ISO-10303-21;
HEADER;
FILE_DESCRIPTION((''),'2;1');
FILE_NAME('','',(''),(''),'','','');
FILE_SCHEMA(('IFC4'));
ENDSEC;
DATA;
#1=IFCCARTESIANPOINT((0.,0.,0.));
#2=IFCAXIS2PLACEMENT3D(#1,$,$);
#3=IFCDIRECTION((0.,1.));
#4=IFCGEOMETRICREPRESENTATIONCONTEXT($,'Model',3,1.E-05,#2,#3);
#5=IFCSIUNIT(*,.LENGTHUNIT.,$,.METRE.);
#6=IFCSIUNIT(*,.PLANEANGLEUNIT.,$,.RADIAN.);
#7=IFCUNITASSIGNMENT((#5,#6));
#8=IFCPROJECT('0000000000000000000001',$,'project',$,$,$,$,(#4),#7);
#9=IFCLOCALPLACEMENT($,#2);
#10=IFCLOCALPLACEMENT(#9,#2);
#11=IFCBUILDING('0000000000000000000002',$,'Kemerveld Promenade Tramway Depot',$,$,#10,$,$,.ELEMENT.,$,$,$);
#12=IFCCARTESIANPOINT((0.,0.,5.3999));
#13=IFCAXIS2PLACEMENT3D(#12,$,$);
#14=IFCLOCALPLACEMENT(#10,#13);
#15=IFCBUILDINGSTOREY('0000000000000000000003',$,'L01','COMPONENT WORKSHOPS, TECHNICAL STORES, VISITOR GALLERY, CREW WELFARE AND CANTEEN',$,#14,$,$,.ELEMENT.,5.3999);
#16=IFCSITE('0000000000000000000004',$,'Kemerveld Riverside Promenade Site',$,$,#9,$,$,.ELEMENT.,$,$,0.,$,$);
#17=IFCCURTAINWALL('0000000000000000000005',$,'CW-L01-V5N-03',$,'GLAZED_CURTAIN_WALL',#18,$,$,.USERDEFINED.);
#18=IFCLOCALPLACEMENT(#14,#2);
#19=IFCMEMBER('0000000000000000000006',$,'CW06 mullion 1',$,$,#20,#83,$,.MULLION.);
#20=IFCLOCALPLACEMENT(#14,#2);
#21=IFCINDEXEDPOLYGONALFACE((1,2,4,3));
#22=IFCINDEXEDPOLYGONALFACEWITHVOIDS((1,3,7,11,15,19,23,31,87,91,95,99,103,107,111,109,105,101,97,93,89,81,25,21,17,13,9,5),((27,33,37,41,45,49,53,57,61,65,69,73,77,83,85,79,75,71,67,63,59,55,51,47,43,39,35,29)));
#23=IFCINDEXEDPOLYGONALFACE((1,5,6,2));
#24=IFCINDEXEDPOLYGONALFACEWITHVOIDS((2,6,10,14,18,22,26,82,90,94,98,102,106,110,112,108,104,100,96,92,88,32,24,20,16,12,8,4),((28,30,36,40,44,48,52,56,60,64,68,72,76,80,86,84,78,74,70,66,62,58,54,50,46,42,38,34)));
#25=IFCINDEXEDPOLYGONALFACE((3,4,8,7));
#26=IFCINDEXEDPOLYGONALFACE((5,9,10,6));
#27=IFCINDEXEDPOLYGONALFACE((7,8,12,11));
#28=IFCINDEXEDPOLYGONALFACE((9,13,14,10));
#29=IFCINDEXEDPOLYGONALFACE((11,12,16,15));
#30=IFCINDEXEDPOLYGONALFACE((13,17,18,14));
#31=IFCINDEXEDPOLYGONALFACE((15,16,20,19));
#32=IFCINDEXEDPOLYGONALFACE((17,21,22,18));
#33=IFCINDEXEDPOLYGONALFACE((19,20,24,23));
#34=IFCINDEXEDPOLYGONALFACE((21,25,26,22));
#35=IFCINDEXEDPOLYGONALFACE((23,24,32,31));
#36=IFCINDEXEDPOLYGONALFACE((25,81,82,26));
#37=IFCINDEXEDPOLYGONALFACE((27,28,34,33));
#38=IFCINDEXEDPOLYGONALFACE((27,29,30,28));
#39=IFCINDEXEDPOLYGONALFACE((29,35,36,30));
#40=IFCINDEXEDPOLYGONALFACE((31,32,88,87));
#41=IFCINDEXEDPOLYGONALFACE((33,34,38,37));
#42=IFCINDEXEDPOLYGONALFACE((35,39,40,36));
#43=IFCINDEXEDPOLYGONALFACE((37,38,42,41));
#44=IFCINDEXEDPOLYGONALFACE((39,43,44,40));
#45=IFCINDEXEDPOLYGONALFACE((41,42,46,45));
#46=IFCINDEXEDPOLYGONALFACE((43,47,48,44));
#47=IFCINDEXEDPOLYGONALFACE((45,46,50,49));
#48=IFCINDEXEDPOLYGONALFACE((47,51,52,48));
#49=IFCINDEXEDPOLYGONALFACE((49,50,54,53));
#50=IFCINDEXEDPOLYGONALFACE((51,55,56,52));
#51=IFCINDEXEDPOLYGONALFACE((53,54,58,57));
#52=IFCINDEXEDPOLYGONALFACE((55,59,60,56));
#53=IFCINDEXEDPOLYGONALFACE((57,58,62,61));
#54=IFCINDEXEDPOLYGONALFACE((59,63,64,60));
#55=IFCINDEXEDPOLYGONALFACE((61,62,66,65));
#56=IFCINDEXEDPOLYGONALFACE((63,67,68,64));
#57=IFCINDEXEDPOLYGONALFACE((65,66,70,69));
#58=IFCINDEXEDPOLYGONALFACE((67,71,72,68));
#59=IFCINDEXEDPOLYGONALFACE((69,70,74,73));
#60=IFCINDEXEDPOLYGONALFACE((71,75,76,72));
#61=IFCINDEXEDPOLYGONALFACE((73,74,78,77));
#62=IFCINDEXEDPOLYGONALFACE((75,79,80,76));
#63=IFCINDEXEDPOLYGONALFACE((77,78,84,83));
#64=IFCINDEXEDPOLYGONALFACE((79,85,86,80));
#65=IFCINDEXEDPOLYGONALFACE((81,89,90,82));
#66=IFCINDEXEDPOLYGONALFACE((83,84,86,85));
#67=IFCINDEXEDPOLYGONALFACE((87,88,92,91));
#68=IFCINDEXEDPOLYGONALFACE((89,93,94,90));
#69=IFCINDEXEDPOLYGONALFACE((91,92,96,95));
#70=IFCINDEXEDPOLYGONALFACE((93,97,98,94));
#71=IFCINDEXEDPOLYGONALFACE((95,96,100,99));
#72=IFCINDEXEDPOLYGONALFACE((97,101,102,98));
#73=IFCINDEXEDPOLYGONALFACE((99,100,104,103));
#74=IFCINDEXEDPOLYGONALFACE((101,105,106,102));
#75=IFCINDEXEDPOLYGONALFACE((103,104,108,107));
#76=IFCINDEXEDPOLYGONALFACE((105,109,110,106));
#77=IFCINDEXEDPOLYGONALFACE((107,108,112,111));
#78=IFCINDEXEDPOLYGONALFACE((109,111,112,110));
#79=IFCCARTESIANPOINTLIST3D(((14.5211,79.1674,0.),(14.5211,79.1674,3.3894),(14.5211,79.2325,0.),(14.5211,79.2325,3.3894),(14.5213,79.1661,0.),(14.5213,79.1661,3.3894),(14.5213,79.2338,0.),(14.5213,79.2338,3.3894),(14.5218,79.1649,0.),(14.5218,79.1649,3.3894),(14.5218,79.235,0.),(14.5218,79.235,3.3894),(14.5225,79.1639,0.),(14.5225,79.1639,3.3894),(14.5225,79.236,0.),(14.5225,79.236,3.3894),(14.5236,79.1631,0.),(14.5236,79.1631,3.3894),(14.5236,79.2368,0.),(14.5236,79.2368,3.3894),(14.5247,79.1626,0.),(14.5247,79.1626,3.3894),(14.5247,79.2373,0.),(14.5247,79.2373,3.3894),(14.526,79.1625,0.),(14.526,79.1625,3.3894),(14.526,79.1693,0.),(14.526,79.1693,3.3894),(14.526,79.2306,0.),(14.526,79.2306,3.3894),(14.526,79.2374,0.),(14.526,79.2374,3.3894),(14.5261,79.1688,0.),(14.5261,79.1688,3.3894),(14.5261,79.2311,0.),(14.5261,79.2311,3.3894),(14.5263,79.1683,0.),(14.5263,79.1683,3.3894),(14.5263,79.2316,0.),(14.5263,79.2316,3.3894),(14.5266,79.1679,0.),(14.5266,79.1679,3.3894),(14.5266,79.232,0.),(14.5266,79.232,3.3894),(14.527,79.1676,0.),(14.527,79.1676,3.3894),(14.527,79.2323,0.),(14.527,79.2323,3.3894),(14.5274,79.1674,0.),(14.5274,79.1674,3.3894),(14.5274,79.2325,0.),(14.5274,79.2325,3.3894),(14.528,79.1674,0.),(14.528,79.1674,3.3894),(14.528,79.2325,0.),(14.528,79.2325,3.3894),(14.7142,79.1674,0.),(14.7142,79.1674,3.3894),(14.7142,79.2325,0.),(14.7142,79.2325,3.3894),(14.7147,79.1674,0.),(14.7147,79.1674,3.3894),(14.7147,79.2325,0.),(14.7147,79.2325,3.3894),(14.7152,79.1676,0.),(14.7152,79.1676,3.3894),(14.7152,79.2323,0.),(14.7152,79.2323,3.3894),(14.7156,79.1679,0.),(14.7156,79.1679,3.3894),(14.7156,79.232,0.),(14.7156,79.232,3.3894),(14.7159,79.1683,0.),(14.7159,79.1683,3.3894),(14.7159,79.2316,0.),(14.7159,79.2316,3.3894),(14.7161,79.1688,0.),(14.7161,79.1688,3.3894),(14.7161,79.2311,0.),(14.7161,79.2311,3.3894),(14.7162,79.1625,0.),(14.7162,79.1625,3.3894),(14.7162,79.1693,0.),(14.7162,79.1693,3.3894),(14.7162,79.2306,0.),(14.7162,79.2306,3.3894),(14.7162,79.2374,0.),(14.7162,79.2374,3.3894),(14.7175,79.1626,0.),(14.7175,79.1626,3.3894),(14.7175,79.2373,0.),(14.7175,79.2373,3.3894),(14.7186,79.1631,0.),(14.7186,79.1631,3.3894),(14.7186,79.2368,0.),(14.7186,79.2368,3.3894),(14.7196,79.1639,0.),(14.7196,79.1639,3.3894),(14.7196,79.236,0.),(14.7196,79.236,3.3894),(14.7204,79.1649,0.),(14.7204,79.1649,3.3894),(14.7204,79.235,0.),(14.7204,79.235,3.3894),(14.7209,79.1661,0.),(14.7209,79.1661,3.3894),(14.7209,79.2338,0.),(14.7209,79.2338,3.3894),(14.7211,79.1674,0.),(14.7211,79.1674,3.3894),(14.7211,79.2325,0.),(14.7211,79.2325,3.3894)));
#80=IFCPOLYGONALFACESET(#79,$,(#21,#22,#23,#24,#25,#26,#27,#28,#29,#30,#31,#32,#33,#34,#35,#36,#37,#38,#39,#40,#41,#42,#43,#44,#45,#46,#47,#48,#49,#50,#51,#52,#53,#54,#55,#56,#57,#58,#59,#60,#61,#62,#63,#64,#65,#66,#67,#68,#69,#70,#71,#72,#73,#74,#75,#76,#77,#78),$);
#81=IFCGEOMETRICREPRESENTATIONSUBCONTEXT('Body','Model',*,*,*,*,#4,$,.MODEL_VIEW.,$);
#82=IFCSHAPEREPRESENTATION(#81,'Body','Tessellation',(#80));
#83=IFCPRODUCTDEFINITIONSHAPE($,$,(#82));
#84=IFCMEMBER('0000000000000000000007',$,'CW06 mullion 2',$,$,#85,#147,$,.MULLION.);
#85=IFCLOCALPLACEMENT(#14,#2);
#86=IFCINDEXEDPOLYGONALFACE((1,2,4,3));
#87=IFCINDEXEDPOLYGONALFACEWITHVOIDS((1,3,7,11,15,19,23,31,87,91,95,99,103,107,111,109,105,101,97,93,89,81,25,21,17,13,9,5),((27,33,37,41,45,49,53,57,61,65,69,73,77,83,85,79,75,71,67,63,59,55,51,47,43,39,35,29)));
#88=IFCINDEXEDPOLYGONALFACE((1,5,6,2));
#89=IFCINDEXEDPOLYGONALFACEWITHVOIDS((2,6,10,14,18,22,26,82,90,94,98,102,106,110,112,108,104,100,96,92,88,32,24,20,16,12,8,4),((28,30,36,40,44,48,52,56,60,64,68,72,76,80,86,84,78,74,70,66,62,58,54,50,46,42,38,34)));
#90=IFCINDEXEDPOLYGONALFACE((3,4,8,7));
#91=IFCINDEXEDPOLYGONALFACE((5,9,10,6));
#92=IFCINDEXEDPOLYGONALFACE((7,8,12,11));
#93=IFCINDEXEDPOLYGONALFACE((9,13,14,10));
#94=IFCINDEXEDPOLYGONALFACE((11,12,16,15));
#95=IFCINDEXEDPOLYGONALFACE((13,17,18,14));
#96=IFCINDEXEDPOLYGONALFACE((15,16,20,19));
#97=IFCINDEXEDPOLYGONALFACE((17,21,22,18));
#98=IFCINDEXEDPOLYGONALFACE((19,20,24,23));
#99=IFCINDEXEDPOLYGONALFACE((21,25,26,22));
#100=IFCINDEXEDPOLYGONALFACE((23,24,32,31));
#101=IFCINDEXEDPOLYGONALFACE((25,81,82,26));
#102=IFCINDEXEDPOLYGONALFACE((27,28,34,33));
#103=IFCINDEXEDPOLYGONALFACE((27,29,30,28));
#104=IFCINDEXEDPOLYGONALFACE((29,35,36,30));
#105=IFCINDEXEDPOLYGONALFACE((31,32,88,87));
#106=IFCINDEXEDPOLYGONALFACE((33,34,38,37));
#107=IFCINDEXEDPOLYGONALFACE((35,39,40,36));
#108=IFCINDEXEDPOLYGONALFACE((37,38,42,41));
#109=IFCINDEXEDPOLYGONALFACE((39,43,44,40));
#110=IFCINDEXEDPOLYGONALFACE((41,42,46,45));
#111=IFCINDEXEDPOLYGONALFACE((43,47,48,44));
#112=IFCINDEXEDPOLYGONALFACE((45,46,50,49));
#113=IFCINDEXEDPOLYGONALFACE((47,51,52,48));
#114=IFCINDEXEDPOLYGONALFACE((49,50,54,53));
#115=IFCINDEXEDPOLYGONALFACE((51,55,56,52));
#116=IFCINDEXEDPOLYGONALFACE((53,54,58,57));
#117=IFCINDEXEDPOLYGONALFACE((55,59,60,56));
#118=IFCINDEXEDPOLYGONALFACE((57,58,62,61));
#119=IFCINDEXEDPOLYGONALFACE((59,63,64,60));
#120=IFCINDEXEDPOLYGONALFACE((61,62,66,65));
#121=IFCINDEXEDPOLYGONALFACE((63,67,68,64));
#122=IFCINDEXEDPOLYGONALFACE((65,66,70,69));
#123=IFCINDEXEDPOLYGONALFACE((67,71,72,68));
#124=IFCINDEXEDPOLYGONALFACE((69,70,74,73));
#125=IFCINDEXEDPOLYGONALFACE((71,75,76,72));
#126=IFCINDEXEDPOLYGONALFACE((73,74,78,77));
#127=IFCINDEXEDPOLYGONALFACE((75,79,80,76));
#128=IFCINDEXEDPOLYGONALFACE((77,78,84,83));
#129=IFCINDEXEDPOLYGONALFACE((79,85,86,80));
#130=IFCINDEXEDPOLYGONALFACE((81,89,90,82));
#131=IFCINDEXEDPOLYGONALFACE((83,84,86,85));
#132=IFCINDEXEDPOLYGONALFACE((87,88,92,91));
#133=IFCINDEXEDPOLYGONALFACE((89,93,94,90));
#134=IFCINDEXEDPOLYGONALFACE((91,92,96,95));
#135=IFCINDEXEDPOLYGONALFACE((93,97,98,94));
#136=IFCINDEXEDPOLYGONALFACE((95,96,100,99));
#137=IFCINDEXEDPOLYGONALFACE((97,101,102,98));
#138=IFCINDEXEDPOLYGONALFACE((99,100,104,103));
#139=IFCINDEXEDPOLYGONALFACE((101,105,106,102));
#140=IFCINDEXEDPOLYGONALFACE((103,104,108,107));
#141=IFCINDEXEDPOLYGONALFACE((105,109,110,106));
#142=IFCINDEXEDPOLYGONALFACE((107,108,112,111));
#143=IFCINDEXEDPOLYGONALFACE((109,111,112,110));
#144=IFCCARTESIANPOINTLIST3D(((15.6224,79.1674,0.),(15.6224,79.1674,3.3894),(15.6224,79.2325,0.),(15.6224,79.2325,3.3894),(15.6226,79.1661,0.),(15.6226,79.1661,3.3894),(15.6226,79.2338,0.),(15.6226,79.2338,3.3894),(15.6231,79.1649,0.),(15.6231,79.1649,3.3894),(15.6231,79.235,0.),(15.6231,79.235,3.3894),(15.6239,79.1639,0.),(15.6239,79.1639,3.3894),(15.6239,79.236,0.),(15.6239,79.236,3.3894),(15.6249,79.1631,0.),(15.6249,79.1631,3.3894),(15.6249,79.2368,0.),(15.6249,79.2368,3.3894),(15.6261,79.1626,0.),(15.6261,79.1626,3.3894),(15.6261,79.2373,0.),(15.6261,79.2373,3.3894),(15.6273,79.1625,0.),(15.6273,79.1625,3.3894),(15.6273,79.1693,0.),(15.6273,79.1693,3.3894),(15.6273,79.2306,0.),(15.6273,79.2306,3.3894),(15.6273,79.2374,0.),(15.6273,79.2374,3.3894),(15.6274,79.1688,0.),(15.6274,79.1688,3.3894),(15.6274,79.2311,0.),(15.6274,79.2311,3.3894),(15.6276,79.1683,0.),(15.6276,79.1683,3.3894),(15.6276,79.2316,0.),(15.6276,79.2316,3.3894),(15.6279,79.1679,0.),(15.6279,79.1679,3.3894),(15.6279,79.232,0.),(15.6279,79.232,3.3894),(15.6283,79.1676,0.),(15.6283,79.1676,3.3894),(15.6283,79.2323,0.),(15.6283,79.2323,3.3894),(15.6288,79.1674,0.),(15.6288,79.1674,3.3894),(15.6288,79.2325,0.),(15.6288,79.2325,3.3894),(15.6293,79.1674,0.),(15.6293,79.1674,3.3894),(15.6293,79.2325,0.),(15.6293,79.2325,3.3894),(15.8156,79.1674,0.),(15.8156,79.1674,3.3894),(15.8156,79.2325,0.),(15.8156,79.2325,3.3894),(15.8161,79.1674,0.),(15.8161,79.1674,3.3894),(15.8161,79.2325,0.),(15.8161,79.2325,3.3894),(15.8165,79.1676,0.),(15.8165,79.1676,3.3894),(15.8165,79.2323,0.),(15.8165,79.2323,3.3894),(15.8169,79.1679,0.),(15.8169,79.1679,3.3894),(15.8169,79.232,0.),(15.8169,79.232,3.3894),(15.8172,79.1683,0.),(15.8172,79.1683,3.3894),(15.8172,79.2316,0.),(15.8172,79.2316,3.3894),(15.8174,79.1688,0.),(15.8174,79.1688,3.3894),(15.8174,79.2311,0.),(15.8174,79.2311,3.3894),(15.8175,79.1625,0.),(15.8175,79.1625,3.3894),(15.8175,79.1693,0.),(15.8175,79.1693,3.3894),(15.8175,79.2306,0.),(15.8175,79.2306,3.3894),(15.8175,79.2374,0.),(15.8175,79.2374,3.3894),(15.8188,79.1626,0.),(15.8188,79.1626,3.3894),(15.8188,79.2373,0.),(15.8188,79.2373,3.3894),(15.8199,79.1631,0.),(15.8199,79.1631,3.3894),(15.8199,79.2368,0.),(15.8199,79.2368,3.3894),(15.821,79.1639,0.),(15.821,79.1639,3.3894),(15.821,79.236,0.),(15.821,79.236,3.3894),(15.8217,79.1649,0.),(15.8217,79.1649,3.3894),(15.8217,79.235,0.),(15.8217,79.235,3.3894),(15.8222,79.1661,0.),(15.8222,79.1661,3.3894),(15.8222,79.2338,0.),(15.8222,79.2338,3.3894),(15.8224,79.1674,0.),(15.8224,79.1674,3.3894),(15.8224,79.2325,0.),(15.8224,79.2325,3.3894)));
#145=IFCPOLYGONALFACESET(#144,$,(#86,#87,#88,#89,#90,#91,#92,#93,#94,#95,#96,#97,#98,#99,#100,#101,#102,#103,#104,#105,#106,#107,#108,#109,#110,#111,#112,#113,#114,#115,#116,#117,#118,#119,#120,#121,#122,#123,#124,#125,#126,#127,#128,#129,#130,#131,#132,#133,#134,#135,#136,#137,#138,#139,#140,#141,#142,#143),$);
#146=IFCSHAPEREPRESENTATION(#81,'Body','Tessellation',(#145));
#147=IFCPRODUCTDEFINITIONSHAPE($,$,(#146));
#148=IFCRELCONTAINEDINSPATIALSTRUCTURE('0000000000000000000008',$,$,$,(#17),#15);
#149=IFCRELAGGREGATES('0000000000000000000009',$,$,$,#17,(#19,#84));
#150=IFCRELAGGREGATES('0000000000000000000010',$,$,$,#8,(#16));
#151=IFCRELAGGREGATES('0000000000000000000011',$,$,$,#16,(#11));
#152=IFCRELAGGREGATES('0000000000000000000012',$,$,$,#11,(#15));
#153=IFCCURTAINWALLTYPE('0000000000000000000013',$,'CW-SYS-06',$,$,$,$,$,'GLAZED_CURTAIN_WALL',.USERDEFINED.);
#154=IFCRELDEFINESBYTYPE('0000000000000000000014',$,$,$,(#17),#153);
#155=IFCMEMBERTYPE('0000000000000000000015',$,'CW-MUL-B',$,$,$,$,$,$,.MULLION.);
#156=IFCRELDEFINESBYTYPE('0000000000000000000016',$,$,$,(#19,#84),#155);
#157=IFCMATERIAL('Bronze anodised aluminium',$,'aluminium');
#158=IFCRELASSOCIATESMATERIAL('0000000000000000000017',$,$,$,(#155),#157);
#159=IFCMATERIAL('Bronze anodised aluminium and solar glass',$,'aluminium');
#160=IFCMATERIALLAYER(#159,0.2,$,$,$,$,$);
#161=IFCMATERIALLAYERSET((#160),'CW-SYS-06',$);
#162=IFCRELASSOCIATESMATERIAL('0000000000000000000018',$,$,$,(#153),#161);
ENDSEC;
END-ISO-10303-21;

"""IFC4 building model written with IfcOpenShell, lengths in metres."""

from ifc_helpers import new_model, si_unit, direction, frame, origin, origin_2d, place, context, subcontext, project, spatial, hollow_rectangle, extrude, material, layer, layer_set, material_profile, profile_set, type_object, element, aggregate, save


model = new_model("IFC4")

# Units and contexts
model_context = context("Model", 3, precision=1e-05, world=origin(), true_north=direction((0.0, 1.0)))
body_context = subcontext(model_context, "Body", "Model", "MODEL_VIEW")
ifc_project = project(units=[si_unit("LENGTHUNIT", "METRE"), si_unit("PLANEANGLEUNIT", "RADIAN")], contexts=[model_context])

# Site, building, storey
site_placement = place(None, origin())
site = spatial("IfcSite", under=ifc_project, at=site_placement, Name="Kemerveld Riverside Promenade Site", CompositionType="ELEMENT", RefElevation=0.0)
building_placement = place(site_placement, origin())
building = spatial("IfcBuilding", under=site, at=building_placement, Name="Kemerveld Promenade Tramway Depot", CompositionType="ELEMENT")
storey_placement = place(building_placement, frame((0.0, 0.0, 5.3999)))
storey = spatial("IfcBuildingStorey", under=building, at=storey_placement, Name="L01", Description="COMPONENT WORKSHOPS, TECHNICAL STORES, VISITOR GALLERY, CREW WELFARE AND CANTEEN", CompositionType="ELEMENT", Elevation=5.3999)

# Curtain wall, members
ifc_material_1 = material(Name="Bronze anodised aluminium and solar glass", Category="aluminium")
ifc_material_2 = material(Name="Bronze anodised aluminium", Category="aluminium")
ifc_material_profile_1 = material_profile(ifc_material_2, hollow_rectangle(XDim=0.075, YDim=0.2, WallThickness=0.0049, InnerFilletRadius=0.002, OuterFilletRadius=0.0049, at=origin_2d()), Name="CW-MUL-200x75")
ifc_profile_set_1 = profile_set([ifc_material_profile_1], Name="Bronze anodised aluminium")
member_type_1 = type_object("IfcMemberType", Name="CW-MUL-B", PredefinedType="MULLION", material=ifc_profile_set_1)
ifc_layer_1 = layer(ifc_material_1, 0.2)
ifc_layer_set_1 = layer_set([ifc_layer_1], Name="CW-SYS-06")
curtain_wall_type_1 = type_object("IfcCurtainWallType", Name="CW-SYS-06", ElementType="GLAZED_CURTAIN_WALL", PredefinedType="USERDEFINED", material=ifc_layer_set_1)
curtain_wall_1_placement = place(storey_placement, origin())
curtain_wall_1 = element("IfcCurtainWall", 1, at=curtain_wall_1_placement, inside=storey, type_object=curtain_wall_type_1, Name="CW-L01-V5N-03", ObjectType="GLAZED_CURTAIN_WALL", PredefinedType="USERDEFINED")
member_1_placement = place(storey_placement, frame((14.6211, 79.2, 0.0), z_axis=(0.0, 0.0, 1.0), x_axis=(0.0, 1.0, 0.0)))
member_1 = element("IfcMember", 2, at=member_1_placement, type_object=member_type_1, Name="CW06 mullion 1", PredefinedType="MULLION", context=body_context, shape_type="SweptSolid", body=[
    extrude(hollow_rectangle(XDim=0.075, YDim=0.2, WallThickness=0.0049, InnerFilletRadius=0.002, OuterFilletRadius=0.0049, at=origin_2d()), origin(), (0.0, 0.0, 1.0), 3.3894),
])
member_2_placement = place(storey_placement, frame((15.7224, 79.2, 0.0), z_axis=(0.0, 0.0, 1.0), x_axis=(0.0, 1.0, 0.0)))
member_2 = element("IfcMember", 3, at=member_2_placement, type_object=member_type_1, Name="CW06 mullion 2", PredefinedType="MULLION", context=body_context, shape_type="SweptSolid", body=[
    extrude(hollow_rectangle(XDim=0.075, YDim=0.2, WallThickness=0.0049, InnerFilletRadius=0.002, OuterFilletRadius=0.0049, at=origin_2d()), origin(), (0.0, 0.0, 1.0), 3.3894),
])

aggregate(curtain_wall_1, [member_1, member_2])

save(model, "model.ifc")
